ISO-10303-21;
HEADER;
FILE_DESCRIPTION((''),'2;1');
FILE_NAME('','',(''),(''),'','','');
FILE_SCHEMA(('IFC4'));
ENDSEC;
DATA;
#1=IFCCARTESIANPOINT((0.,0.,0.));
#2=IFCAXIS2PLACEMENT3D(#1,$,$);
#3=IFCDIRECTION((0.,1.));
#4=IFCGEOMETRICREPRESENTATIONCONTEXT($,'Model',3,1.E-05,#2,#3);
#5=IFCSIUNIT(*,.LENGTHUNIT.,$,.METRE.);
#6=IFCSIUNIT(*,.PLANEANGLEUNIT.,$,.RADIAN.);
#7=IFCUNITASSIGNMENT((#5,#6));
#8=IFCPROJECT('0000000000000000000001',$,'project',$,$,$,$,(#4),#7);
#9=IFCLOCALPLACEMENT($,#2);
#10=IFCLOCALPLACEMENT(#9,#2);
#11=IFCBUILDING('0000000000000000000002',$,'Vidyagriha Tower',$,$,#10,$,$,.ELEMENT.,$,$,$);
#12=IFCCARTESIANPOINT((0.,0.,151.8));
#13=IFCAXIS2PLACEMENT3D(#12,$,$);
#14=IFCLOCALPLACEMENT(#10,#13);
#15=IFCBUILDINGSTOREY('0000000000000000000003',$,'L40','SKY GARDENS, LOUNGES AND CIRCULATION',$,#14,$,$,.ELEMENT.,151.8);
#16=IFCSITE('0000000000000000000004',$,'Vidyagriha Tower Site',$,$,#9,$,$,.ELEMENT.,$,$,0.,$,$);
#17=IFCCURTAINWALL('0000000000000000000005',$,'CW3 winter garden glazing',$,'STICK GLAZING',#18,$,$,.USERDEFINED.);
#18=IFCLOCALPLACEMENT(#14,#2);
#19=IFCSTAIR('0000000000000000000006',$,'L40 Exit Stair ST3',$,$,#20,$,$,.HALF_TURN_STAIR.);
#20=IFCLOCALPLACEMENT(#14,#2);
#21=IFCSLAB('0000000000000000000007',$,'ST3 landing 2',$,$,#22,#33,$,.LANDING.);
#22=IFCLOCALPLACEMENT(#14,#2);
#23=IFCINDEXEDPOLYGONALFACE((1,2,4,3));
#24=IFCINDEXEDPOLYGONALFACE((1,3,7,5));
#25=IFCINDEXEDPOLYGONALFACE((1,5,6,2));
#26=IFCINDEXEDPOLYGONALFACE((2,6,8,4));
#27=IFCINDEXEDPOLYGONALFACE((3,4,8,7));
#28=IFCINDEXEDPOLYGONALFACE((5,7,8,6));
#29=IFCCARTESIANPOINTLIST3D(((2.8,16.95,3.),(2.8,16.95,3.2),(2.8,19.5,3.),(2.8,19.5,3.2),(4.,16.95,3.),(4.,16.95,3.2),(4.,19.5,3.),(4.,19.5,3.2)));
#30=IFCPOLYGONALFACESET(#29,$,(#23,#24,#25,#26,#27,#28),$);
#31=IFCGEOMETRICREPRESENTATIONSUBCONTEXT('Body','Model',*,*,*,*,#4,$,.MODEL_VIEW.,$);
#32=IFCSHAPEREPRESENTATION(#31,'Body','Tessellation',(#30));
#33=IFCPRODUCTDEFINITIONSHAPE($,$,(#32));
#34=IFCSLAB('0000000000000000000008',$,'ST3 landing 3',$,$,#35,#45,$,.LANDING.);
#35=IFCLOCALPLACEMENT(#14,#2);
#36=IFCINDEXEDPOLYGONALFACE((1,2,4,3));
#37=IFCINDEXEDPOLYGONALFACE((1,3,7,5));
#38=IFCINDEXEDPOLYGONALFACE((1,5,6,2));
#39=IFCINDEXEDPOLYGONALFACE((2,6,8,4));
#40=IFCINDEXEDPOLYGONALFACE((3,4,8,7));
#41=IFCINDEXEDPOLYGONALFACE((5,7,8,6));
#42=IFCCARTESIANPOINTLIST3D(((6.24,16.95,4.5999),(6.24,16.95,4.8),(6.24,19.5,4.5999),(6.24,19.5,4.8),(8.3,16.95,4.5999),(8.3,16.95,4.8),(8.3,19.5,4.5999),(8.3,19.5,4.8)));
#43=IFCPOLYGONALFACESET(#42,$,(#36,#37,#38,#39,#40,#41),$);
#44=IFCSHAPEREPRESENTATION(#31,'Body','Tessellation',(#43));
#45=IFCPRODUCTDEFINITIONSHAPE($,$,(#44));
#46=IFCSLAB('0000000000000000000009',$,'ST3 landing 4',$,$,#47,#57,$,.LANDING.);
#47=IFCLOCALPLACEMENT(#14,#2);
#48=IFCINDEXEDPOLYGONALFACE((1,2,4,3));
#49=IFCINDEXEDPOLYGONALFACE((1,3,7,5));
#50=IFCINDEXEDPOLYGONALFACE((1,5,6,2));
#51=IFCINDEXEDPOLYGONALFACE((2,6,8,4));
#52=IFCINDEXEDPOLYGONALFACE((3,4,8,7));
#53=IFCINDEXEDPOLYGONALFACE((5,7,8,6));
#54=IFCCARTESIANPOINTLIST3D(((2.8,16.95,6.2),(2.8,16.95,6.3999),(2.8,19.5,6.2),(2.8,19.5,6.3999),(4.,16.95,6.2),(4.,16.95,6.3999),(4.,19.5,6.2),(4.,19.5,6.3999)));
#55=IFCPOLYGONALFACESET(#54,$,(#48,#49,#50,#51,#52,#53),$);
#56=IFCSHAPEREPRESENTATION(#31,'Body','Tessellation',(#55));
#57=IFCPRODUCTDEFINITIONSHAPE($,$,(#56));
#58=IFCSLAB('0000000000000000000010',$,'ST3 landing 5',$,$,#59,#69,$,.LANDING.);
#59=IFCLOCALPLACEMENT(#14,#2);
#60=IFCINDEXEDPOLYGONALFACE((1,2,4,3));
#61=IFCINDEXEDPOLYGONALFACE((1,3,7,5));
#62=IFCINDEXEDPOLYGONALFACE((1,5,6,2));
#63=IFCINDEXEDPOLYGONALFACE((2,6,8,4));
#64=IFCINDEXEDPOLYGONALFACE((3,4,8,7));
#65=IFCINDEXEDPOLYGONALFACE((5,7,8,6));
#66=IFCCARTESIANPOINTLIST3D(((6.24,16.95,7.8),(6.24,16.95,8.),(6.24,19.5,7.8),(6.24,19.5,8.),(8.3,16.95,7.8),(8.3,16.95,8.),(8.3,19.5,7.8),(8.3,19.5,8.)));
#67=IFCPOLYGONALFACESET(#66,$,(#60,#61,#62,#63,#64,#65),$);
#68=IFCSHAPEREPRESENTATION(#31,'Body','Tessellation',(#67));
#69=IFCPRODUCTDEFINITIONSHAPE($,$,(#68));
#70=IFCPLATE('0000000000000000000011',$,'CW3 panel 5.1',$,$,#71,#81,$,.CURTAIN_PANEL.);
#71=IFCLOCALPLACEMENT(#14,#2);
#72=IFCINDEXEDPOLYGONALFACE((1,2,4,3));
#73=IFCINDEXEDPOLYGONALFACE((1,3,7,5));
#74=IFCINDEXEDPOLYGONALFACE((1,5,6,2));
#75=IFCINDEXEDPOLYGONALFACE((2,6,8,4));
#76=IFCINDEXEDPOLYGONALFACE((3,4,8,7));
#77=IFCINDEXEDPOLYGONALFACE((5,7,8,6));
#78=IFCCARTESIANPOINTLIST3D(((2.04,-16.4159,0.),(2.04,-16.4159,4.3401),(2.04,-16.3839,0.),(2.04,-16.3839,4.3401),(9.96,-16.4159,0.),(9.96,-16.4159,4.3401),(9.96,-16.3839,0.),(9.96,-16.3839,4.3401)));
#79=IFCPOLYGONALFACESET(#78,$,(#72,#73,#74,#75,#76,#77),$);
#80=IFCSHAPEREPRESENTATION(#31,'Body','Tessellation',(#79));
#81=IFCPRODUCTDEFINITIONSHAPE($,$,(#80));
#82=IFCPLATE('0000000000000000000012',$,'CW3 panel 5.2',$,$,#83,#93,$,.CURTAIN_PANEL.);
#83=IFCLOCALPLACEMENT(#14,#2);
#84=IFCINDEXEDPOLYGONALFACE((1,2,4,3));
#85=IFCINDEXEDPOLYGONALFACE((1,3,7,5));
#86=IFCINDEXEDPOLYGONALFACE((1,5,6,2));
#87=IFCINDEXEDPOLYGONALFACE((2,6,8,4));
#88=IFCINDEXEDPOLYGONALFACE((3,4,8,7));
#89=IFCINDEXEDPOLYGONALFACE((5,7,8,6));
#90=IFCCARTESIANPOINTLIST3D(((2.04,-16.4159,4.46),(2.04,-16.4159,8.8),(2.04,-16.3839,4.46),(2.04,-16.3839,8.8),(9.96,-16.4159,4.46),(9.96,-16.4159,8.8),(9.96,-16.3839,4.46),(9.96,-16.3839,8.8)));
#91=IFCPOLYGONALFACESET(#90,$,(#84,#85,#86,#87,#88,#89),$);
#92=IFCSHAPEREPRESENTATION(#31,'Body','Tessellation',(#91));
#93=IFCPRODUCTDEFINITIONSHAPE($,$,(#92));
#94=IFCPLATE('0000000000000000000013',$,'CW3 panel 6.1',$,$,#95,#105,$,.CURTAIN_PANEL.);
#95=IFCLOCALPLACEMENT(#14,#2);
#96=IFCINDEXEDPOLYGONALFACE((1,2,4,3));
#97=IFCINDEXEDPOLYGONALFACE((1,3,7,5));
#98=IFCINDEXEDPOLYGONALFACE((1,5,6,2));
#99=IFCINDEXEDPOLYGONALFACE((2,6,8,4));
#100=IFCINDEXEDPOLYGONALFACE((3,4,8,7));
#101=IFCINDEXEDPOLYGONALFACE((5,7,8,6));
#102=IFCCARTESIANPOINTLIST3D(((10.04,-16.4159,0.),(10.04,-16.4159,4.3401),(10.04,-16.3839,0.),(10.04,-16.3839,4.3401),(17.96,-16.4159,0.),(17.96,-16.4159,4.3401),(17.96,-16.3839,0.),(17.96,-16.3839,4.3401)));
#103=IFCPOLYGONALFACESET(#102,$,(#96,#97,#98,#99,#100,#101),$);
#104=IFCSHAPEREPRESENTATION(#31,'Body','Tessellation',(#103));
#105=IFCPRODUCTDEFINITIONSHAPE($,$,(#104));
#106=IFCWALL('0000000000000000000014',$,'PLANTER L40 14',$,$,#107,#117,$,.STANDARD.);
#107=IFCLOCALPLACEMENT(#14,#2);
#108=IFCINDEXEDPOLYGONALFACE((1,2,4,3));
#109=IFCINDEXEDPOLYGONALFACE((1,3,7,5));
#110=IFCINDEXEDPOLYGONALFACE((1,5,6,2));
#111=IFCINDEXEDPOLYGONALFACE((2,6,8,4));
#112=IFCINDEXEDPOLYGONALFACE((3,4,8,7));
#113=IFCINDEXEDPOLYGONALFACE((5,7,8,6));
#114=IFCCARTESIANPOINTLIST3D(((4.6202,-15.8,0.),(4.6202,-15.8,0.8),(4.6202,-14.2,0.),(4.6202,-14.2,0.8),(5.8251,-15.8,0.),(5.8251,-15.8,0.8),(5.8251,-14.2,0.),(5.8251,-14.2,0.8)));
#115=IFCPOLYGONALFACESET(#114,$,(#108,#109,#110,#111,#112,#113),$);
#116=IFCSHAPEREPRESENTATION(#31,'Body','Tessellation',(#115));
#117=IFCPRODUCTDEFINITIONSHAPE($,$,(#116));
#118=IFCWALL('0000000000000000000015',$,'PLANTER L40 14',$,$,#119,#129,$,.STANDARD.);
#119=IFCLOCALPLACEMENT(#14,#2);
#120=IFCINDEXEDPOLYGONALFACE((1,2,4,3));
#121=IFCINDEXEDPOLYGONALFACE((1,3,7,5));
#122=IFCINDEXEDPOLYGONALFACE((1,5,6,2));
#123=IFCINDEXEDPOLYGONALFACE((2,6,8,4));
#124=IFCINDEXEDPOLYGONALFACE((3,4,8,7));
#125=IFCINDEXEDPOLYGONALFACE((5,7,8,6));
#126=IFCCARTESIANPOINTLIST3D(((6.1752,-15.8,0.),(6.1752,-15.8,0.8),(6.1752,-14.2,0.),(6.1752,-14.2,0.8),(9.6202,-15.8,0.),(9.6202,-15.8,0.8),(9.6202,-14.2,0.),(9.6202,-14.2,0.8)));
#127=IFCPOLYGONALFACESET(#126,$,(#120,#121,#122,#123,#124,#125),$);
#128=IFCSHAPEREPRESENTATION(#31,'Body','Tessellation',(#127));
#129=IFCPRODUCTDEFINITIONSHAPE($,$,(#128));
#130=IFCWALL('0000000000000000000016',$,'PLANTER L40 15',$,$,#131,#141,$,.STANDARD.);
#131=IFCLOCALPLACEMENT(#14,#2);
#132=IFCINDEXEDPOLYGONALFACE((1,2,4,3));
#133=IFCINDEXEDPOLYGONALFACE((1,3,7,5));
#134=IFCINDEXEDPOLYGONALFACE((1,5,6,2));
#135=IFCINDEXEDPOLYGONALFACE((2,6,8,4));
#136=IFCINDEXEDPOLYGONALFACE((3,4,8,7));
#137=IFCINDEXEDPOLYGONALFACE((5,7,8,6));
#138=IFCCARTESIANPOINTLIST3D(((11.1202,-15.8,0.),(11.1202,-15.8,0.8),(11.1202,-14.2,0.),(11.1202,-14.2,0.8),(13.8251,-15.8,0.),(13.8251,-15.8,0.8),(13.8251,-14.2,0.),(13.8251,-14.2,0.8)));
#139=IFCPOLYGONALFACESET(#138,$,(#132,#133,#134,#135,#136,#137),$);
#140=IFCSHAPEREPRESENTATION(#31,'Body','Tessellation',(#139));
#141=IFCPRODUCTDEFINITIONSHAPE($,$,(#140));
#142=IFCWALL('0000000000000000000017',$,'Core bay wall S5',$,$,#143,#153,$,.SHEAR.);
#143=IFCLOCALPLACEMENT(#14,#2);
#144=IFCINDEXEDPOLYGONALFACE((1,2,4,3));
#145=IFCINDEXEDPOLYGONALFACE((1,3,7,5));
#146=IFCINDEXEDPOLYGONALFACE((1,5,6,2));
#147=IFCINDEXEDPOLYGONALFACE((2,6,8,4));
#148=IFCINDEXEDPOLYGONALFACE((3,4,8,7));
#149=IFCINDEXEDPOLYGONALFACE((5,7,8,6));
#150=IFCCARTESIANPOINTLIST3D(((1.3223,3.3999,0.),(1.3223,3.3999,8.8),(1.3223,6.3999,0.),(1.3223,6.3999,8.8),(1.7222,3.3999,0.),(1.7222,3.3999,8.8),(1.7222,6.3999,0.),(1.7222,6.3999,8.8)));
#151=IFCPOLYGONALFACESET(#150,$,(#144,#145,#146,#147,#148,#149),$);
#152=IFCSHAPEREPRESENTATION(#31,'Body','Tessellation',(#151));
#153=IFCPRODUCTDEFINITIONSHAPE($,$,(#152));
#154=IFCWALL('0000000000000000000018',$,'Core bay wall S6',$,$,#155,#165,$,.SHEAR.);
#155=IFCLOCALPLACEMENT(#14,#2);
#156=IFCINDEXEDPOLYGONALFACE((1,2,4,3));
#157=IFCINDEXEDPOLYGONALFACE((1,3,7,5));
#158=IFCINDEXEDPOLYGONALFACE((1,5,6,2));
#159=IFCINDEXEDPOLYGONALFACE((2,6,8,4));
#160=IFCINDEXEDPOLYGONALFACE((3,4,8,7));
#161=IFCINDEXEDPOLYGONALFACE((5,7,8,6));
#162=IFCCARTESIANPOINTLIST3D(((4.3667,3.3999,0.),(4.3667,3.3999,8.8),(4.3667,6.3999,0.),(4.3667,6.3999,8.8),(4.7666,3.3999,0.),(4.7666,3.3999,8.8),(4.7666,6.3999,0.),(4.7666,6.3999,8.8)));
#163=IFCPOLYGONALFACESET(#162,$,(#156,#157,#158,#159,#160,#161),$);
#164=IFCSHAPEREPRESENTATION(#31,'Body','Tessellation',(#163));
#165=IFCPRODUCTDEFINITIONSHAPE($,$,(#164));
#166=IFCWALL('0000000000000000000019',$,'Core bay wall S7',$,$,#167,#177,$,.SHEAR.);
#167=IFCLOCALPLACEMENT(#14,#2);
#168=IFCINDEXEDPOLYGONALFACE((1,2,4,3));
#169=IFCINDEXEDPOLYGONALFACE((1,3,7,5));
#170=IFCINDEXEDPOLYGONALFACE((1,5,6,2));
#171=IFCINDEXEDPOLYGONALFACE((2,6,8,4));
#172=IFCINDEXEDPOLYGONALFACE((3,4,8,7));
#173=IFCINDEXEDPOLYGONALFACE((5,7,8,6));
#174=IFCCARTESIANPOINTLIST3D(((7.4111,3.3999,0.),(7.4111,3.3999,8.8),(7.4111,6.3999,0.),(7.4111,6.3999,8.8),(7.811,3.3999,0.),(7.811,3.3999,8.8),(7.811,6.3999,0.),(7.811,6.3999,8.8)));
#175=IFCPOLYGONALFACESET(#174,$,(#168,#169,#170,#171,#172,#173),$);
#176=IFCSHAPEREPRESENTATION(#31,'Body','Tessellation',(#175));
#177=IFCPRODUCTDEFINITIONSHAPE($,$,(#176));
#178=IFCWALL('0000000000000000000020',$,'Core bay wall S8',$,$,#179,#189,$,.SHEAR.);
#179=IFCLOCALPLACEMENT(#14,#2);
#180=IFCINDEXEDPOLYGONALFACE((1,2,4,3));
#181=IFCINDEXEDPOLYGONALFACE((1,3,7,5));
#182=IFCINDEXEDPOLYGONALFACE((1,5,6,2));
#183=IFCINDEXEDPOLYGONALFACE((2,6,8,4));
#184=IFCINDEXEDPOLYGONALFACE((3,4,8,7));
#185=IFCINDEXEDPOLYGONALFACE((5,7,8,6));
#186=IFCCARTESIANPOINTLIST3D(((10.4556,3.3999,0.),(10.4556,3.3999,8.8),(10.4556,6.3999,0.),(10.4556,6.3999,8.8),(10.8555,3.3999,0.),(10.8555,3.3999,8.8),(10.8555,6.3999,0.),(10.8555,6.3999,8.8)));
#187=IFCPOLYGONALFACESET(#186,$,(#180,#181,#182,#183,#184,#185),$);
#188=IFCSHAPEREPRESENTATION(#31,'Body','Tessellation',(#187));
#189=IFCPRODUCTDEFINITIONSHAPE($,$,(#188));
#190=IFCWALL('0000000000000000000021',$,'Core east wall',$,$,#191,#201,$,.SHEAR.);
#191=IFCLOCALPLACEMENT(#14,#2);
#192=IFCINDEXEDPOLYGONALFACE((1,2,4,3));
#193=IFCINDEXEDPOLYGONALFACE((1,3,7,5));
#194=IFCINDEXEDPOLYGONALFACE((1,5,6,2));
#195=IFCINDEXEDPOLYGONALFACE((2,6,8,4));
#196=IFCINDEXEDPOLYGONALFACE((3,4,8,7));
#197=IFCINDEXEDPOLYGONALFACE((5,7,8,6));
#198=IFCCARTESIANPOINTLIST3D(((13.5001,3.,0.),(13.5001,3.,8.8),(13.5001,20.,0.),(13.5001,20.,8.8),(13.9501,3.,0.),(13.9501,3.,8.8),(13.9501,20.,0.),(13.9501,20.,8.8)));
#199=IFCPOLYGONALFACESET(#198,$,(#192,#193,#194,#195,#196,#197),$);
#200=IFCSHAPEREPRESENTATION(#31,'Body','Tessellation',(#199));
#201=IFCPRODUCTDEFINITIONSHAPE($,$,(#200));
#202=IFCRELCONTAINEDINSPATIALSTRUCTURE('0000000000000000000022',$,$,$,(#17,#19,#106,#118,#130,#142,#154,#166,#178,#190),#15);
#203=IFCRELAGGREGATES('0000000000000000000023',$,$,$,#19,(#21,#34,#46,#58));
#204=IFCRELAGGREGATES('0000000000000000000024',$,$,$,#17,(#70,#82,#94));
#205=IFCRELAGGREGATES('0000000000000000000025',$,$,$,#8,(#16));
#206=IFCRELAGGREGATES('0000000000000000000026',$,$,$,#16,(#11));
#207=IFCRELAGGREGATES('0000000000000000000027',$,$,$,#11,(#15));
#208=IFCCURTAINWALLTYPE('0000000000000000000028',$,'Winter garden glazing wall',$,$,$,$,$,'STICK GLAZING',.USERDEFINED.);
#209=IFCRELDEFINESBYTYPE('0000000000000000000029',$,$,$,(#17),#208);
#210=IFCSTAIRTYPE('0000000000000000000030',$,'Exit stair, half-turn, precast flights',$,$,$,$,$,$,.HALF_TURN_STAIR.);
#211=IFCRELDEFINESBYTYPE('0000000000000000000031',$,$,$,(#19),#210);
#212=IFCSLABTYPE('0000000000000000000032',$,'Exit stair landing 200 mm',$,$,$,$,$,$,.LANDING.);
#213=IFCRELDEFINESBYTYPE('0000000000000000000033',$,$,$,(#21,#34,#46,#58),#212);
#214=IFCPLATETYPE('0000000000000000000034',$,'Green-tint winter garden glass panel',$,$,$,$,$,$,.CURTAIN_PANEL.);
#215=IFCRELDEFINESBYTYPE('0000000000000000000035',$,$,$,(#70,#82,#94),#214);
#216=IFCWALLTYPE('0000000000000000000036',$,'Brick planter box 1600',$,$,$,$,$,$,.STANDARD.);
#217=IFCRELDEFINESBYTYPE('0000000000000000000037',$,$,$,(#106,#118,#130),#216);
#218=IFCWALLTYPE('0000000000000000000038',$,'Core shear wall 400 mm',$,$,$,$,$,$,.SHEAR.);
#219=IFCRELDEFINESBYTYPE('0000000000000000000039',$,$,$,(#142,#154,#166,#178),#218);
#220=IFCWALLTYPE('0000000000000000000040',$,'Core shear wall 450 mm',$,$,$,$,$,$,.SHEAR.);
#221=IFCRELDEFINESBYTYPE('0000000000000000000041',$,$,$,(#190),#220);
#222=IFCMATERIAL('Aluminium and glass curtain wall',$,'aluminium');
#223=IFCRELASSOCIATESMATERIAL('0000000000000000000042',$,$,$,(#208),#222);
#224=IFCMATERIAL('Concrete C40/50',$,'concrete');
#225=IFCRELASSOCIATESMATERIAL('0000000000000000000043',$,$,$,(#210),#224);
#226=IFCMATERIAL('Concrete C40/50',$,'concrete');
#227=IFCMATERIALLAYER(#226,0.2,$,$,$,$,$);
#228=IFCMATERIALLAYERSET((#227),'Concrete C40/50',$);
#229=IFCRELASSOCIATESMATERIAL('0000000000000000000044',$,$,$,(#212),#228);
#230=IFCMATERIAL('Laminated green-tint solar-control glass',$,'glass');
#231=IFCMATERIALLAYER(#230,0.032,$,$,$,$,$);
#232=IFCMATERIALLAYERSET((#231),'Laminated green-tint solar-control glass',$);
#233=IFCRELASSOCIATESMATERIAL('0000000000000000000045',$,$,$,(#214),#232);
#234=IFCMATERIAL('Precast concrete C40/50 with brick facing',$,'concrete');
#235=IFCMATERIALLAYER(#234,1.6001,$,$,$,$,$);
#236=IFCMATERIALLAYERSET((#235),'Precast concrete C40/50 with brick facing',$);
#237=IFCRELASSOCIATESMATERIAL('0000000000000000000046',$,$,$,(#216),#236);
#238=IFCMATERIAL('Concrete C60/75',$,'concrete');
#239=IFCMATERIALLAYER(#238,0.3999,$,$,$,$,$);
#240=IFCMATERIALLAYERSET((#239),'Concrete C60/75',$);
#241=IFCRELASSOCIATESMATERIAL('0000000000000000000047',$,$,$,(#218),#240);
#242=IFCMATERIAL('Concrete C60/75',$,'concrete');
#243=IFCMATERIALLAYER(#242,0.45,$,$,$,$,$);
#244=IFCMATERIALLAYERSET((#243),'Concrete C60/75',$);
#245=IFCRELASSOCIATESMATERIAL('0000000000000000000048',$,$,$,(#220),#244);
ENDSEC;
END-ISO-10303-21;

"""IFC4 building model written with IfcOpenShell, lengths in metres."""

from ifc_helpers import new_model, si_unit, direction, frame, frame_2d, origin, origin_2d, place, context, subcontext, project, spatial, polyline, rectangle, outline, extrude, material, layer, layer_set, type_object, element, aggregate, save


model = new_model("IFC4")

# Units and contexts
model_context = context("Model", 3, precision=1e-05, world=origin(), true_north=direction((0.0, 1.0)))
body_context = subcontext(model_context, "Body", "Model", "MODEL_VIEW")
ifc_project = project(units=[si_unit("LENGTHUNIT", "METRE"), si_unit("PLANEANGLEUNIT", "RADIAN")], contexts=[model_context])

# Site, building, storey
site_placement = place(None, origin())
site = spatial("IfcSite", under=ifc_project, at=site_placement, Name="Vidyagriha Tower Site", CompositionType="ELEMENT", RefElevation=0.0)
building_placement = place(site_placement, origin())
building = spatial("IfcBuilding", under=site, at=building_placement, Name="Vidyagriha Tower", CompositionType="ELEMENT")
storey_placement = place(building_placement, frame((0.0, 0.0, 151.8)))
storey = spatial("IfcBuildingStorey", under=building, at=storey_placement, Name="L40", Description="SKY GARDENS, LOUNGES AND CIRCULATION", CompositionType="ELEMENT", Elevation=151.8)

# Curtain wall
ifc_material_1 = material(Name="Aluminium and glass curtain wall", Category="aluminium")
curtain_wall_type = type_object("IfcCurtainWallType", Name="Winter garden glazing wall", ElementType="STICK GLAZING", PredefinedType="USERDEFINED", material=ifc_material_1)
curtain_wall_placement = place(storey_placement, origin())
curtain_wall = element("IfcCurtainWall", 1, at=curtain_wall_placement, inside=storey, type_object=curtain_wall_type, Name="CW3 winter garden glazing", ObjectType="STICK GLAZING", PredefinedType="USERDEFINED")

# Stair, slabs
ifc_material_2 = material(Name="Concrete C40/50", Category="concrete")
stair_type = type_object("IfcStairType", Name="Exit stair, half-turn, precast flights", PredefinedType="HALF_TURN_STAIR", material=ifc_material_2)
stair_placement = place(storey_placement, origin())
stair = element("IfcStair", 2, at=stair_placement, inside=storey, type_object=stair_type, Name="L40 Exit Stair ST3", PredefinedType="HALF_TURN_STAIR")
ifc_material_3 = material(Name="Concrete C40/50", Category="concrete")
ifc_layer_1 = layer(ifc_material_3, 0.2)
ifc_layer_set_1 = layer_set([ifc_layer_1], Name="Concrete C40/50")
slab_type = type_object("IfcSlabType", Name="Exit stair landing 200 mm", PredefinedType="LANDING", material=ifc_layer_set_1)
slab_1_placement = place(storey_placement, frame((0.0, 0.0, 3.0)))
slab_1 = element("IfcSlab", 3, at=slab_1_placement, type_object=slab_type, Name="ST3 landing 2", PredefinedType="LANDING", context=body_context, shape_type="SweptSolid", body=[
    extrude(outline(polyline([(2.8, 16.95), (4.0, 16.95), (4.0, 19.5), (2.8, 19.5), (2.8, 16.95)])), origin(), (0.0, 0.0, 1.0), 0.2),
])
slab_2_placement = place(storey_placement, frame((0.0, 0.0, 4.5999)))
slab_2 = element("IfcSlab", 4, at=slab_2_placement, type_object=slab_type, Name="ST3 landing 3", PredefinedType="LANDING", context=body_context, shape_type="SweptSolid", body=[
    extrude(outline(polyline([(6.24, 16.95), (8.3, 16.95), (8.3, 19.5), (6.24, 19.5), (6.24, 16.95)])), origin(), (0.0, 0.0, 1.0), 0.2002),
])
slab_3_placement = place(storey_placement, frame((0.0, 0.0, 6.2)))
slab_3 = element("IfcSlab", 5, at=slab_3_placement, type_object=slab_type, Name="ST3 landing 4", PredefinedType="LANDING", context=body_context, shape_type="SweptSolid", body=[
    extrude(outline(polyline([(2.8, 16.95), (4.0, 16.95), (4.0, 19.5), (2.8, 19.5), (2.8, 16.95)])), origin(), (0.0, 0.0, 1.0), 0.2),
])
slab_4_placement = place(storey_placement, frame((0.0, 0.0, 7.8)))
slab_4 = element("IfcSlab", 6, at=slab_4_placement, type_object=slab_type, Name="ST3 landing 5", PredefinedType="LANDING", context=body_context, shape_type="SweptSolid", body=[
    extrude(outline(polyline([(6.24, 16.95), (8.3, 16.95), (8.3, 19.5), (6.24, 19.5), (6.24, 16.95)])), origin(), (0.0, 0.0, 1.0), 0.2),
])
aggregate(stair, [slab_1, slab_2, slab_3, slab_4])

# Plates
ifc_material_4 = material(Name="Laminated green-tint solar-control glass", Category="glass")
ifc_layer_2 = layer(ifc_material_4, 0.032)
ifc_layer_set_2 = layer_set([ifc_layer_2], Name="Laminated green-tint solar-control glass")
plate_type = type_object("IfcPlateType", Name="Green-tint winter garden glass panel", PredefinedType="CURTAIN_PANEL", material=ifc_layer_set_2)
plate_1_placement = place(storey_placement, frame((6.0, -16.3999, 0.0)))
plate_1 = element("IfcPlate", 7, at=plate_1_placement, type_object=plate_type, Name="CW3 panel 5.1", PredefinedType="CURTAIN_PANEL", context=body_context, shape_type="SweptSolid", body=[
    extrude(rectangle(XDim=7.9199, YDim=0.032, at=origin_2d()), origin(), (0.0, 0.0, 1.0), 4.3401),
])
plate_2_placement = place(storey_placement, frame((6.0, -16.3999, 4.46)))
plate_2 = element("IfcPlate", 8, at=plate_2_placement, type_object=plate_type, Name="CW3 panel 5.2", PredefinedType="CURTAIN_PANEL", context=body_context, shape_type="SweptSolid", body=[
    extrude(rectangle(XDim=7.9199, YDim=0.032, at=origin_2d()), origin(), (0.0, 0.0, 1.0), 4.3401),
])
plate_3_placement = place(storey_placement, frame((14.0, -16.3999, 0.0)))
plate_3 = element("IfcPlate", 9, at=plate_3_placement, type_object=plate_type, Name="CW3 panel 6.1", PredefinedType="CURTAIN_PANEL", context=body_context, shape_type="SweptSolid", body=[
    extrude(rectangle(XDim=7.9199, YDim=0.032, at=origin_2d()), origin(), (0.0, 0.0, 1.0), 4.3401),
])
aggregate(curtain_wall, [plate_1, plate_2, plate_3])

# Walls
ifc_material_5 = material(Name="Precast concrete C40/50 with brick facing", Category="concrete")
ifc_layer_3 = layer(ifc_material_5, 1.6001)
ifc_layer_set_3 = layer_set([ifc_layer_3], Name="Precast concrete C40/50 with brick facing")
wall_type_1 = type_object("IfcWallType", Name="Brick planter box 1600", PredefinedType="STANDARD", material=ifc_layer_set_3)
wall_1_placement = place(storey_placement, frame((4.6201, -15.0, 0.0)))
element("IfcWall", 10, at=wall_1_placement, inside=storey, type_object=wall_type_1, Name="PLANTER L40 14", PredefinedType="STANDARD", context=body_context, shape_type="SweptSolid", body=[
    extrude(rectangle(XDim=1.2048, YDim=1.6001, at=frame_2d((0.6025, 0.0))), origin(), (0.0, 0.0, 1.0), 0.8),
])
wall_2_placement = place(storey_placement, frame((6.175, -15.0, 0.0)))
element("IfcWall", 11, at=wall_2_placement, inside=storey, type_object=wall_type_1, Name="PLANTER L40 14", PredefinedType="STANDARD", context=body_context, shape_type="SweptSolid", body=[
    extrude(rectangle(XDim=3.4451, YDim=1.6001, at=frame_2d((1.7227, 0.0))), origin(), (0.0, 0.0, 1.0), 0.8),
])
wall_3_placement = place(storey_placement, frame((11.1201, -15.0, 0.0)))
element("IfcWall", 12, at=wall_3_placement, inside=storey, type_object=wall_type_1, Name="PLANTER L40 15", PredefinedType="STANDARD", context=body_context, shape_type="SweptSolid", body=[
    extrude(rectangle(XDim=2.7048, YDim=1.6001, at=frame_2d((1.3525, 0.0))), origin(), (0.0, 0.0, 1.0), 0.8),
])
ifc_material_6 = material(Name="Concrete C60/75", Category="concrete")
ifc_layer_4 = layer(ifc_material_6, 0.3999)
ifc_layer_set_4 = layer_set([ifc_layer_4], Name="Concrete C60/75")
wall_type_2 = type_object("IfcWallType", Name="Core shear wall 400 mm", PredefinedType="SHEAR", material=ifc_layer_set_4)
for number, where, z_axis, x_axis, name in (
    (13, (1.5222, 3.3999, 0.0), (0.0, 0.0, 1.0), (0.0, 1.0, 0.0), "Core bay wall S5"),
    (14, (4.5667, 3.3999, 0.0), (0.0, 0.0, 1.0), (0.0, 1.0, 0.0), "Core bay wall S6"),
    (15, (7.6111, 3.3999, 0.0), (0.0, 0.0, 1.0), (0.0, 1.0, 0.0), "Core bay wall S7"),
    (16, (10.6555, 3.3999, 0.0), (0.0, 0.0, 1.0), (0.0, 1.0, 0.0), "Core bay wall S8"),
):
    element("IfcWall", number, at=place(storey_placement, frame(where, z_axis=z_axis, x_axis=x_axis)), inside=storey, type_object=wall_type_2, Name=name, PredefinedType="SHEAR", context=body_context, shape_type="SweptSolid", body=[
        extrude(rectangle(XDim=3.0, YDim=0.3999, at=frame_2d((1.5, 0.0))), origin(), (0.0, 0.0, 1.0), 8.8),
    ])
ifc_material_7 = material(Name="Concrete C60/75", Category="concrete")
ifc_layer_5 = layer(ifc_material_7, 0.45)
ifc_layer_set_5 = layer_set([ifc_layer_5], Name="Concrete C60/75")
wall_type_3 = type_object("IfcWallType", Name="Core shear wall 450 mm", PredefinedType="SHEAR", material=ifc_layer_set_5)
wall_4_placement = place(storey_placement, frame((13.7251, 3.0, 0.0), z_axis=(0.0, 0.0, 1.0), x_axis=(0.0, 1.0, 0.0)))
element("IfcWall", 17, at=wall_4_placement, inside=storey, type_object=wall_type_3, Name="Core east wall", PredefinedType="SHEAR", context=body_context, shape_type="SweptSolid", body=[
    extrude(rectangle(XDim=17.0, YDim=0.45, at=frame_2d((8.5, 0.0))), origin(), (0.0, 0.0, 1.0), 8.8),
])

save(model, "model.ifc")
